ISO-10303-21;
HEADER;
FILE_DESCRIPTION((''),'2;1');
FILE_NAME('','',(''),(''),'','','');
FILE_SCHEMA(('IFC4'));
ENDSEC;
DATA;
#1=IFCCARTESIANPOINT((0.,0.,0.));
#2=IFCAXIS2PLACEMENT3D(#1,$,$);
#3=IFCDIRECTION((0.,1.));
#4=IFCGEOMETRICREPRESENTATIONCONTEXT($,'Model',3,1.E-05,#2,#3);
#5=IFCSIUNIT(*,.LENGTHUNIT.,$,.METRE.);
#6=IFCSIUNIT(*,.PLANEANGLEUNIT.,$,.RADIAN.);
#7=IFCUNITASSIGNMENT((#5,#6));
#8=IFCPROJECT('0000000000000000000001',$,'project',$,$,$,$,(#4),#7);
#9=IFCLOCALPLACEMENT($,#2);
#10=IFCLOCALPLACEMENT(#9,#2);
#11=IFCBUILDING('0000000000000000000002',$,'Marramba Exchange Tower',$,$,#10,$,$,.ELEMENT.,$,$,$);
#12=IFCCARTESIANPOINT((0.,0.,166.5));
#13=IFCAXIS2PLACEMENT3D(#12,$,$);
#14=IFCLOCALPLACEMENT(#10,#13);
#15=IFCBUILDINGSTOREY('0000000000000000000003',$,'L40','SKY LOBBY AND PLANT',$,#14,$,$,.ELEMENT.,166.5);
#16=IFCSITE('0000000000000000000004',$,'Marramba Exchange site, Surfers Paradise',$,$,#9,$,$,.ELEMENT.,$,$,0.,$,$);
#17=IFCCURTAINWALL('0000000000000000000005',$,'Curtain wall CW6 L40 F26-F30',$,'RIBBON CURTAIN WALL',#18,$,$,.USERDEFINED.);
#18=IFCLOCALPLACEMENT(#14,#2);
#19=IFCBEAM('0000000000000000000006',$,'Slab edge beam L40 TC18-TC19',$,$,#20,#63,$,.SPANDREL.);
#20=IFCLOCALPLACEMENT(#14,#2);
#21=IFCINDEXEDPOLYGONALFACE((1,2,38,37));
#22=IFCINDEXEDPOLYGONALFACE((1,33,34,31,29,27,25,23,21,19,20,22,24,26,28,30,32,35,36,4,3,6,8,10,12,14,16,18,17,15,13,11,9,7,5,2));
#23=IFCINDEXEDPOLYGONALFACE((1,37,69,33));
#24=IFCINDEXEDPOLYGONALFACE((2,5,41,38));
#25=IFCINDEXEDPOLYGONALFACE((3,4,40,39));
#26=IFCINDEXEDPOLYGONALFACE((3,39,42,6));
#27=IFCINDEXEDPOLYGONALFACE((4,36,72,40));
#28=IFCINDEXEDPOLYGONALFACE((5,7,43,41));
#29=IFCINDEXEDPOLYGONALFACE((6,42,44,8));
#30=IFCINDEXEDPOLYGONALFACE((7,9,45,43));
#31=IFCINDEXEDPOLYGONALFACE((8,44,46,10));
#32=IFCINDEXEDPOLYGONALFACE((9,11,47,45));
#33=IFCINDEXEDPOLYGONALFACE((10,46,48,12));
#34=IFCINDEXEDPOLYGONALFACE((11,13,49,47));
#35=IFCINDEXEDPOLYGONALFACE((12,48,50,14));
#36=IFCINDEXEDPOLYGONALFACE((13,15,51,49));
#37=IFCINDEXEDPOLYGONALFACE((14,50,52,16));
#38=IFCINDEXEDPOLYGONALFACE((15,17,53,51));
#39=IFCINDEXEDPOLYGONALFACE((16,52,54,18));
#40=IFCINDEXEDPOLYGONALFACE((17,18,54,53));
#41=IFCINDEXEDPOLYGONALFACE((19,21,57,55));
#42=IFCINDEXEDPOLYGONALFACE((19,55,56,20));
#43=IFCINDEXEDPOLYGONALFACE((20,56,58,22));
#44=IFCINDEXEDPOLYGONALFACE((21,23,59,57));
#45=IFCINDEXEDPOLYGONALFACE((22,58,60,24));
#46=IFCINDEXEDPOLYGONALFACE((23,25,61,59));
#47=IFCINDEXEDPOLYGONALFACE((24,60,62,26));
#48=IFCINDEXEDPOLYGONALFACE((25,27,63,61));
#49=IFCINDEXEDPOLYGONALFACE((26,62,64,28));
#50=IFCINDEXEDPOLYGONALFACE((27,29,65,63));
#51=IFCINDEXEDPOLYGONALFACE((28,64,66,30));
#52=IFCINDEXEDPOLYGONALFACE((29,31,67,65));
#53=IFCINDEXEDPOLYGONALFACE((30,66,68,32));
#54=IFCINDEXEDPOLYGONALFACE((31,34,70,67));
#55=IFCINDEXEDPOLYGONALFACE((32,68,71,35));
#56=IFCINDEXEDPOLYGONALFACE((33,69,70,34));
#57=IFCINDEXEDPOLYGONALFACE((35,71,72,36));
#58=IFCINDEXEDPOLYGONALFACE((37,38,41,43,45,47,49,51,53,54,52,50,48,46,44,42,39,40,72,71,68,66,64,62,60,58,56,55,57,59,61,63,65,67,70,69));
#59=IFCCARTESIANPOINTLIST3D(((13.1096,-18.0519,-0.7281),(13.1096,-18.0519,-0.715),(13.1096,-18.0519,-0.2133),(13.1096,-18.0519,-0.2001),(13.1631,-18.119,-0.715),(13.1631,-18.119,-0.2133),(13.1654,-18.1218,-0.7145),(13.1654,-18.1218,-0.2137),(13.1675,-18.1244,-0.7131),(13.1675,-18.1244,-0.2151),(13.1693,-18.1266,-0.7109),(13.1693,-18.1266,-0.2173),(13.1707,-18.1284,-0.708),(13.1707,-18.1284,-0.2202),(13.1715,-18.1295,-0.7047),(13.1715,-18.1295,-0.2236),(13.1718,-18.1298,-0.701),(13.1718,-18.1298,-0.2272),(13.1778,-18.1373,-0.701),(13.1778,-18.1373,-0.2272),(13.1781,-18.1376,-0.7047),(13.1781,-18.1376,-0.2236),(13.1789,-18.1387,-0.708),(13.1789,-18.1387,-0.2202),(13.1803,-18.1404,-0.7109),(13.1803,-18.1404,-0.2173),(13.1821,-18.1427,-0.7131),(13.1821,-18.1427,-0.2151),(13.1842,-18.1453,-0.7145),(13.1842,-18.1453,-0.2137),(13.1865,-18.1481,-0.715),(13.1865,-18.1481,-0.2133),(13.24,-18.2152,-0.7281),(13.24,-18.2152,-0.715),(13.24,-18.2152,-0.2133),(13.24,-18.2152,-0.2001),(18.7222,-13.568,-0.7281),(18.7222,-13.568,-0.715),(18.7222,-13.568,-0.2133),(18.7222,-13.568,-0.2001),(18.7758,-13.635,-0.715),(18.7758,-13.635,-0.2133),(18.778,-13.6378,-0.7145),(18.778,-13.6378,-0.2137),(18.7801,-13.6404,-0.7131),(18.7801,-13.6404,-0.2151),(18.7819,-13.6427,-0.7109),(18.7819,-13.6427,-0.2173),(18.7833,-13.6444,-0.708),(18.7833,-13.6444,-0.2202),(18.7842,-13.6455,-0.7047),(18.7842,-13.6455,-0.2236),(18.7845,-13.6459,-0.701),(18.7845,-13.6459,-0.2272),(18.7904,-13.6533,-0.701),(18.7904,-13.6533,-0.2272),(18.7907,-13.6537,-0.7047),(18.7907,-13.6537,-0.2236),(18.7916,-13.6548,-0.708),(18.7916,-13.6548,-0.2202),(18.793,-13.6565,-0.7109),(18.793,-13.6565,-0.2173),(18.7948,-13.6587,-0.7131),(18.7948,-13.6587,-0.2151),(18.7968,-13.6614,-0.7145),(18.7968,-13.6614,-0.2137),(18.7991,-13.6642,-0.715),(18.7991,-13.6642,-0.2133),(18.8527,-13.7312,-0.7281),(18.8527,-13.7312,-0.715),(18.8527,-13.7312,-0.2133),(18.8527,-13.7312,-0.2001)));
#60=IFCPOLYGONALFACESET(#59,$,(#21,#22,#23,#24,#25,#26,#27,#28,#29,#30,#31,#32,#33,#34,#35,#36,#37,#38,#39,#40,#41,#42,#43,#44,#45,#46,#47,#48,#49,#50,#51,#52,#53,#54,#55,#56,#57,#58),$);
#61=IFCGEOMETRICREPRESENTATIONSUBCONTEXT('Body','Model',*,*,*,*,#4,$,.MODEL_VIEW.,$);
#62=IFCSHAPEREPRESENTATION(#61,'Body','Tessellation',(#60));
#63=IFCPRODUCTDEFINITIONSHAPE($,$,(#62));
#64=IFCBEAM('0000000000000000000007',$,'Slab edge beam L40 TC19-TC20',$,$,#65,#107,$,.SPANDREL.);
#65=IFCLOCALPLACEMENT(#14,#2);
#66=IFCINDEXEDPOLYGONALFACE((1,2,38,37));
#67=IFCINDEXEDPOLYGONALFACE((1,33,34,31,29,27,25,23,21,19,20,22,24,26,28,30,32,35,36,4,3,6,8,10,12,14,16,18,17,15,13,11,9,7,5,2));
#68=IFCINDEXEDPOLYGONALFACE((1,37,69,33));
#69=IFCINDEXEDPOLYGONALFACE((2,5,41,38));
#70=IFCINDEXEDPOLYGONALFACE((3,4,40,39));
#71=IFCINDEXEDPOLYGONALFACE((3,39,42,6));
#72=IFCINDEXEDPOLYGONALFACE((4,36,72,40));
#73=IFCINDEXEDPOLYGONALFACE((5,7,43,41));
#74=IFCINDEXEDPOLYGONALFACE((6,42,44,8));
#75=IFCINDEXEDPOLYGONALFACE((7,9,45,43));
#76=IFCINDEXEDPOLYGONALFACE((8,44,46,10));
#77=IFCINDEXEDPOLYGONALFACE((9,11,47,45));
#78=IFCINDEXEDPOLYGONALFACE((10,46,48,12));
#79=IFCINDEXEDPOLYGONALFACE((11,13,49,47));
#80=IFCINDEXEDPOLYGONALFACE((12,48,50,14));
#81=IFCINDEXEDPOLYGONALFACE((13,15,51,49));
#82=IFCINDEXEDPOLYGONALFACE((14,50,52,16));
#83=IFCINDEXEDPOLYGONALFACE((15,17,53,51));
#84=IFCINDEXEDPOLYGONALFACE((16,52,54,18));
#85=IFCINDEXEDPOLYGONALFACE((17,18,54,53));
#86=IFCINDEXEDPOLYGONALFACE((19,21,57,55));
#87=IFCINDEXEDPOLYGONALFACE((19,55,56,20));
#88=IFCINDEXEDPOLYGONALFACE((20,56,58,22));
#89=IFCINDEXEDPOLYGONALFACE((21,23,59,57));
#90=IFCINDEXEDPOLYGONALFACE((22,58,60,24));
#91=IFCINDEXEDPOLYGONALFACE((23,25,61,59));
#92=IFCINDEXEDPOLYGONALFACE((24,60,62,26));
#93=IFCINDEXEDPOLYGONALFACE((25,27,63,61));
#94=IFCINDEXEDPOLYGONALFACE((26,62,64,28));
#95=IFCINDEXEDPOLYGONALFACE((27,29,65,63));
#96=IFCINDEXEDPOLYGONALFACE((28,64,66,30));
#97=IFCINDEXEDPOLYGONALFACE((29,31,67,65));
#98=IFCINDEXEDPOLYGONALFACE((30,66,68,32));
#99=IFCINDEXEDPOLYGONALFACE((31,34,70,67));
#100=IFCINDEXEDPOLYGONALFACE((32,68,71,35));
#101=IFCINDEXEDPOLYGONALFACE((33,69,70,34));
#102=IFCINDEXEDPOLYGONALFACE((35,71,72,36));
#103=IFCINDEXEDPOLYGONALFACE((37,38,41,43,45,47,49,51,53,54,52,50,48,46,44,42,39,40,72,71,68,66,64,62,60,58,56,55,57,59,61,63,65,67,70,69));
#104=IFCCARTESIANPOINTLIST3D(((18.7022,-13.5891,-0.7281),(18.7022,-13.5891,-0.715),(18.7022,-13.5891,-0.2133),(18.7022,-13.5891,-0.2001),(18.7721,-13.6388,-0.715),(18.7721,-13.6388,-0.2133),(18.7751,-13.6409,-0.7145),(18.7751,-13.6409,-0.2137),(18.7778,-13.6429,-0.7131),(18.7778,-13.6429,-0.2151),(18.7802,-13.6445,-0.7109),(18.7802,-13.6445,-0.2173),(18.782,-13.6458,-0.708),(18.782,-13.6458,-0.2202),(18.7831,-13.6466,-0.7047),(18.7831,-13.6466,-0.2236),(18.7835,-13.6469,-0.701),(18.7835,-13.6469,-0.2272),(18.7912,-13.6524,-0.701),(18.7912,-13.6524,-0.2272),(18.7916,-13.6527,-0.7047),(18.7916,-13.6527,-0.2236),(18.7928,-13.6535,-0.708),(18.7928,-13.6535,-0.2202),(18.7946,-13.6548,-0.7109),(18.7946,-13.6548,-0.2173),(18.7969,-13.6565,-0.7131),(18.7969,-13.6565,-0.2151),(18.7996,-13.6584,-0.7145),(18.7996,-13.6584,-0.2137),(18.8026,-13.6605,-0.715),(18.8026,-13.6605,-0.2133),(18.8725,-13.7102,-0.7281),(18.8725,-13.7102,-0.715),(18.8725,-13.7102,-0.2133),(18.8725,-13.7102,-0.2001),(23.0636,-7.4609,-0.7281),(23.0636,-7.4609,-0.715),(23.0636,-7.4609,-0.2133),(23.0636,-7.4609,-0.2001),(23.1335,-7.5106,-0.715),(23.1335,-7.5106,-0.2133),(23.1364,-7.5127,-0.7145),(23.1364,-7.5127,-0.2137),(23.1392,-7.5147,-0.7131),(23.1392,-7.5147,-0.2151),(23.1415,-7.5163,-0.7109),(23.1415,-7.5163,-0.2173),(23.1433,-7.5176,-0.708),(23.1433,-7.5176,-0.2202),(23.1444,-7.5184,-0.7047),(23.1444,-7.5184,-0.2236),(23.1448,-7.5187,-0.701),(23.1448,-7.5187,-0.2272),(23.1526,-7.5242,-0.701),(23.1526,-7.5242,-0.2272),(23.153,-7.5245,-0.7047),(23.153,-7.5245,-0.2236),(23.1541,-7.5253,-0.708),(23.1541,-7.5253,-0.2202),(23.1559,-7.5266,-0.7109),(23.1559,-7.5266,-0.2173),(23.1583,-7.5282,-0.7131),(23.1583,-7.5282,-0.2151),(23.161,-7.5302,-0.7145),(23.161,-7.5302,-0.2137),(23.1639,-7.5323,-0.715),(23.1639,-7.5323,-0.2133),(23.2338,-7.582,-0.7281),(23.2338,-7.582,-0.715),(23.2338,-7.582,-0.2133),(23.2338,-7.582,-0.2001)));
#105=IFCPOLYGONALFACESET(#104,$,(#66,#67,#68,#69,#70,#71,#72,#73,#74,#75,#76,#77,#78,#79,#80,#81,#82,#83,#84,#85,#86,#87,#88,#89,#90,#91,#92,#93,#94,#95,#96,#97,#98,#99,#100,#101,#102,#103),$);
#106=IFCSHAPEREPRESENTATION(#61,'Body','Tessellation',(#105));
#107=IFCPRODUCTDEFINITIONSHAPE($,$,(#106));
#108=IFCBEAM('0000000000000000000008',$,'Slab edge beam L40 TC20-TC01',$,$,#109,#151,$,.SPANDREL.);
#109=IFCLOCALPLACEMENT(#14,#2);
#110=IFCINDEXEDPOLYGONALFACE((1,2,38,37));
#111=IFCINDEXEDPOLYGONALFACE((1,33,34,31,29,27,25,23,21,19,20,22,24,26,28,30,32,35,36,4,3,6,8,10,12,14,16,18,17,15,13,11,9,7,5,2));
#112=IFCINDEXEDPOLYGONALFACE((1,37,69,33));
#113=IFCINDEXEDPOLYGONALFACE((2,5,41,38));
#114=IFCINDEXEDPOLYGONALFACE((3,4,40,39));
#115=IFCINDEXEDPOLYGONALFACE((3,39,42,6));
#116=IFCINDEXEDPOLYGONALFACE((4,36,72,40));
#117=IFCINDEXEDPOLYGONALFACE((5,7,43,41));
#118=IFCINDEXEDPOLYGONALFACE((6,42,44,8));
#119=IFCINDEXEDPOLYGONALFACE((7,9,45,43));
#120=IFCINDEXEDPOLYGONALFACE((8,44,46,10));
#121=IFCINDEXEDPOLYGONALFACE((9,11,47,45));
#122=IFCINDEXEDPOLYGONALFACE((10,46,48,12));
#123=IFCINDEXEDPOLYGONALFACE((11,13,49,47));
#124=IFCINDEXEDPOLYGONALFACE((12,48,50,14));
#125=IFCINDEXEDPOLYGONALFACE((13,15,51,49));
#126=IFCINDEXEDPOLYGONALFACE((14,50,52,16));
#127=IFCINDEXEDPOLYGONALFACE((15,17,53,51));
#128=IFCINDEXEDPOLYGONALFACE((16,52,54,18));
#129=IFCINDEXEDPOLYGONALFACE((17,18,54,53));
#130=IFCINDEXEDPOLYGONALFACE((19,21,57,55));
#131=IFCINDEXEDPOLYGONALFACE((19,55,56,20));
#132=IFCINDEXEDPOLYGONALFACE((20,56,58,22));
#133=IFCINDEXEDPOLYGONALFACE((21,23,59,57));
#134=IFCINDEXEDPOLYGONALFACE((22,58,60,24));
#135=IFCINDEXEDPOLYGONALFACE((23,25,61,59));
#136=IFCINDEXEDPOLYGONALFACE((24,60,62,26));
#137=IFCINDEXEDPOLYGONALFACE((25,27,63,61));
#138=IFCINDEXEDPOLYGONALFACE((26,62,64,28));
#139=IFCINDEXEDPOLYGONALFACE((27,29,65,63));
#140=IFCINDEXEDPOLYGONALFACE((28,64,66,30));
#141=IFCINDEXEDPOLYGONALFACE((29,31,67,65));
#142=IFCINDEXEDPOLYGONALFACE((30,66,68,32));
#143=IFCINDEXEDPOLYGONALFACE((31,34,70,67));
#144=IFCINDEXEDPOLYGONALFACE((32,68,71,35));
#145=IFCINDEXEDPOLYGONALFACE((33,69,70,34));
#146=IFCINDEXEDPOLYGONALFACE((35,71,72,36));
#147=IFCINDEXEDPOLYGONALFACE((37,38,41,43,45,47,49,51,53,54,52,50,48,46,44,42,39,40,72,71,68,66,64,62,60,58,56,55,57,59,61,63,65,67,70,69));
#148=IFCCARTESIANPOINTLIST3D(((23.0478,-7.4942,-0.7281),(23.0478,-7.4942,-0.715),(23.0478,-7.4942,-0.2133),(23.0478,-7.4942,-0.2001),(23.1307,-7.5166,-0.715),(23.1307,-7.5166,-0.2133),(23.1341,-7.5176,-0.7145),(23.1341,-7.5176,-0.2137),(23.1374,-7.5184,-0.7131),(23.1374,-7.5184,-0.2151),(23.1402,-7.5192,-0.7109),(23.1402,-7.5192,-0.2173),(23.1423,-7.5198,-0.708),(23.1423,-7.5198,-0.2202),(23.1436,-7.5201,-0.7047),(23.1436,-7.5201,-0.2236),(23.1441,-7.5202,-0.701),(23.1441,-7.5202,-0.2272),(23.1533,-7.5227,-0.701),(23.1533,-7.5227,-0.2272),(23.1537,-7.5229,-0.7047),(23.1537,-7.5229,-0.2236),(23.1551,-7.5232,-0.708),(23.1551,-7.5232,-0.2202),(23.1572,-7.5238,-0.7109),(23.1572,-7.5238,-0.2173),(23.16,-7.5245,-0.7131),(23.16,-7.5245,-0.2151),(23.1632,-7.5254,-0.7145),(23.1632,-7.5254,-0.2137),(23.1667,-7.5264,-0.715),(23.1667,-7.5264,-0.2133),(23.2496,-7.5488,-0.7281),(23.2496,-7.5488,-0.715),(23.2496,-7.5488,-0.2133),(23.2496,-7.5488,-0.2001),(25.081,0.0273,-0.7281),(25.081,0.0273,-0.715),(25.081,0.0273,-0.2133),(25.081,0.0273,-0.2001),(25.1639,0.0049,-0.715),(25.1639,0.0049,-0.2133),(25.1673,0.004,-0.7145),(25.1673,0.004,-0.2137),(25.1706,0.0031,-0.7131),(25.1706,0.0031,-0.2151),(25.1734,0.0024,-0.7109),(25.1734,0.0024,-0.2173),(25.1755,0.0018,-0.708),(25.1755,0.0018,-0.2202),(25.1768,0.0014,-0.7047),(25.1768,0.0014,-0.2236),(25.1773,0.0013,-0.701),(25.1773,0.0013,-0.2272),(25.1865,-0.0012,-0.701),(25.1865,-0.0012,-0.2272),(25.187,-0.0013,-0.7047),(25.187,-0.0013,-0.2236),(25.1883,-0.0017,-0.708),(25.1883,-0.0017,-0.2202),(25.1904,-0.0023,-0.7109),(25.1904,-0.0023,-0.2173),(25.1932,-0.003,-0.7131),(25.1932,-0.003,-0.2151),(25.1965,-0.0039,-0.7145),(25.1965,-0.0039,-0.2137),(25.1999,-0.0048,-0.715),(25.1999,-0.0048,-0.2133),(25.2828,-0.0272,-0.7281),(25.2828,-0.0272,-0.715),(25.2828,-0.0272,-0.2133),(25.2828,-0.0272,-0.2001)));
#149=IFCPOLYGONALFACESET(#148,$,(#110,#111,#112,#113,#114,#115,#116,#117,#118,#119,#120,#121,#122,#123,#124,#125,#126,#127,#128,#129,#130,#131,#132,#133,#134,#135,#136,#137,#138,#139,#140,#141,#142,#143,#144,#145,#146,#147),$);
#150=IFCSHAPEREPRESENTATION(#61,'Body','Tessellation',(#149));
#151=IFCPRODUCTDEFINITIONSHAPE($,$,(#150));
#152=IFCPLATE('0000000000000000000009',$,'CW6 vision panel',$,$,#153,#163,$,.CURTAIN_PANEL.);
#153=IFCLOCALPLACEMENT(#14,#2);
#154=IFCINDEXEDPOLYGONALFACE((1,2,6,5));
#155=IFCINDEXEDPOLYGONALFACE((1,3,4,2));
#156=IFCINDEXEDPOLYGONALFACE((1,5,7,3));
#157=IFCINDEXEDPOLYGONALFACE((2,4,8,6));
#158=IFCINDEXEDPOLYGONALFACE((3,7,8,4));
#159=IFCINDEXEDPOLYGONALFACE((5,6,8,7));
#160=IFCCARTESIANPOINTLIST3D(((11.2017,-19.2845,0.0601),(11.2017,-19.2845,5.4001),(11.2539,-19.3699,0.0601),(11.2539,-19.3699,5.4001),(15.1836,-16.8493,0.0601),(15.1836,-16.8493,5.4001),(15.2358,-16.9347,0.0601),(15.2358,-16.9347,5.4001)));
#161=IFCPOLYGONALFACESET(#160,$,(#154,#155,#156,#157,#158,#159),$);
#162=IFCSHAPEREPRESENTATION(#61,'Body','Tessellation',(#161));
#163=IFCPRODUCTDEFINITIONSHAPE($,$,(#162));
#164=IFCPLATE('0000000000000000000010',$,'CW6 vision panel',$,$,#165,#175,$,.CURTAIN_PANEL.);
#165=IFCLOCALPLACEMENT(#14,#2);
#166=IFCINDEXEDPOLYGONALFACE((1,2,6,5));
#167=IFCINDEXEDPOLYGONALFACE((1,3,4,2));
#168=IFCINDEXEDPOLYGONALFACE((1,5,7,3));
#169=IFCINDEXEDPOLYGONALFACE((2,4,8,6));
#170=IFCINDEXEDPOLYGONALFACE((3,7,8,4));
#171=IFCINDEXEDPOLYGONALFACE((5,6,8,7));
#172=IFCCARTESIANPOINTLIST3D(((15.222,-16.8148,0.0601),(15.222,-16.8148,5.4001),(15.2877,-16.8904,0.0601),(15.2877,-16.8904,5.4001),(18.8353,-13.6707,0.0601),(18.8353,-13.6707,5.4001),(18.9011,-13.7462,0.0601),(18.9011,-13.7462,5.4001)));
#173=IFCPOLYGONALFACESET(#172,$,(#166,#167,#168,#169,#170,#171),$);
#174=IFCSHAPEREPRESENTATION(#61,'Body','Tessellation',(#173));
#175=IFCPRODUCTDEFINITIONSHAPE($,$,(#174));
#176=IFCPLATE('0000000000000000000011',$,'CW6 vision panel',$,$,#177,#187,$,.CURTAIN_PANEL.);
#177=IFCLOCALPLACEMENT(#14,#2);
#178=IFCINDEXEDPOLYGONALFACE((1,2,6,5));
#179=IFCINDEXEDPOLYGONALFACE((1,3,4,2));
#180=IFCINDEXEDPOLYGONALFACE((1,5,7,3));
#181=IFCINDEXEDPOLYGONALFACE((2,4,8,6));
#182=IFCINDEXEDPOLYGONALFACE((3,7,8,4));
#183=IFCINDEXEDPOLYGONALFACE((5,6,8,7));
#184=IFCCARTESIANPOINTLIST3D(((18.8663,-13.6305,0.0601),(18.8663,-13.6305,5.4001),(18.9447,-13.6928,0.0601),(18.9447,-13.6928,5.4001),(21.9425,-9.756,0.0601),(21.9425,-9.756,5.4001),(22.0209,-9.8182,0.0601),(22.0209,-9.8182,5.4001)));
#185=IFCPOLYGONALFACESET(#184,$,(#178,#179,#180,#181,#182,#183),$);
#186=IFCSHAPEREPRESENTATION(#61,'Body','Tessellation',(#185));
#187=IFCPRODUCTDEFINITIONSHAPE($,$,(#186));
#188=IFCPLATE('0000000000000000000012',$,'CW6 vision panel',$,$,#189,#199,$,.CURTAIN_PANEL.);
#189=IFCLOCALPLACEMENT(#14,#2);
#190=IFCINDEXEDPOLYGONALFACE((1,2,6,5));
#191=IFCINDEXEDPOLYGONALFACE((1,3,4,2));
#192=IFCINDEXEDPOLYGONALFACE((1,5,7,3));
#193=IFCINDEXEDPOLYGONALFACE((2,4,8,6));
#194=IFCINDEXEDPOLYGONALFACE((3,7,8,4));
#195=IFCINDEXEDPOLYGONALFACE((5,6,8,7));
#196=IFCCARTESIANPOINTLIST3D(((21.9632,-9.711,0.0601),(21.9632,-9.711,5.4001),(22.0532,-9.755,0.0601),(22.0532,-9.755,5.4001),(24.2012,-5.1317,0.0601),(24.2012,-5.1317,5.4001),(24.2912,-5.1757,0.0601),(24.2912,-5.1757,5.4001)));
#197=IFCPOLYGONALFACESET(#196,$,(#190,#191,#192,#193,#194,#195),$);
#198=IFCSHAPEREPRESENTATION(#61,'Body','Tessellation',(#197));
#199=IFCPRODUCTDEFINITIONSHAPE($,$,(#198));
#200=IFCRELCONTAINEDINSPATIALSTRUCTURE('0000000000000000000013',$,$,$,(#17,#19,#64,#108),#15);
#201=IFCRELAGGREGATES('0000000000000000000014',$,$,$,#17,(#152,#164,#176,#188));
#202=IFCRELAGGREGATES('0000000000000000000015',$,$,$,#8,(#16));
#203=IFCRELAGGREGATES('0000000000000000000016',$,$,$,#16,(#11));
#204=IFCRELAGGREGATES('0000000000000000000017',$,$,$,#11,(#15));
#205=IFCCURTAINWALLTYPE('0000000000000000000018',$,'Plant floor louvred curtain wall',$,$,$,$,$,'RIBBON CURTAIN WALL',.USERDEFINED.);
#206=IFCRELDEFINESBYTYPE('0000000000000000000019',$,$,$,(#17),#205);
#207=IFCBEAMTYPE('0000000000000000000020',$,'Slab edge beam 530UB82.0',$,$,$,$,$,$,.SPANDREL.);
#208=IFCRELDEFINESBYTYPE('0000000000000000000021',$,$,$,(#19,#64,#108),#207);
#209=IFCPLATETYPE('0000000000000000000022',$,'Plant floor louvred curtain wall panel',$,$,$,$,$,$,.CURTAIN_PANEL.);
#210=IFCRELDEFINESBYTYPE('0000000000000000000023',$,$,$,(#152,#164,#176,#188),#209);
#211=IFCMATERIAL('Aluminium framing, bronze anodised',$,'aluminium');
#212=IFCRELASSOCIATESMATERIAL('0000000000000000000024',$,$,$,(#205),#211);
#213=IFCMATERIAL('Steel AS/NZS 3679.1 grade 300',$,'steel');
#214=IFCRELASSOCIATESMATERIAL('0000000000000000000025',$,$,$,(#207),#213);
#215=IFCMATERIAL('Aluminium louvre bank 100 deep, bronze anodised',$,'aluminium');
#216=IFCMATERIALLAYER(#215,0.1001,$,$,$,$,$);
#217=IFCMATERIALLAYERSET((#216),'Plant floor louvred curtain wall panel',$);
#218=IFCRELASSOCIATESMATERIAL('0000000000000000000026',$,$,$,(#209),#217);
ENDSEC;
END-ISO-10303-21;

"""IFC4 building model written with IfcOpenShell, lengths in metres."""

from ifc_helpers import new_model, si_unit, direction, frame, origin, origin_2d, place, context, subcontext, project, spatial, rectangle, i_section, extrude, material, layer, layer_set, material_profile, profile_set, type_object, element, aggregate, save


model = new_model("IFC4")

# Units and contexts
model_context = context("Model", 3, precision=1e-05, world=origin(), true_north=direction((0.0, 1.0)))
body_context = subcontext(model_context, "Body", "Model", "MODEL_VIEW")
ifc_project = project(units=[si_unit("LENGTHUNIT", "METRE"), si_unit("PLANEANGLEUNIT", "RADIAN")], contexts=[model_context])

# Site, building, storey
site_placement = place(None, origin())
site = spatial("IfcSite", under=ifc_project, at=site_placement, Name="Marramba Exchange site, Surfers Paradise", CompositionType="ELEMENT", RefElevation=0.0)
building_placement = place(site_placement, origin())
building = spatial("IfcBuilding", under=site, at=building_placement, Name="Marramba Exchange Tower", CompositionType="ELEMENT")
storey_placement = place(building_placement, frame((0.0, 0.0, 166.5)))
storey = spatial("IfcBuildingStorey", under=building, at=storey_placement, Name="L40", Description="SKY LOBBY AND PLANT", CompositionType="ELEMENT", Elevation=166.5)

# Shared definitions
ifc_material_1 = material(Name="Steel AS/NZS 3679.1 grade 300", Category="steel")

# Curtain wall
ifc_material_2 = material(Name="Aluminium framing, bronze anodised", Category="aluminium")
curtain_wall_type = type_object("IfcCurtainWallType", Name="Plant floor louvred curtain wall", ElementType="RIBBON CURTAIN WALL", PredefinedType="USERDEFINED", material=ifc_material_2)
curtain_wall_placement = place(storey_placement, origin())
curtain_wall = element("IfcCurtainWall", 1, at=curtain_wall_placement, inside=storey, type_object=curtain_wall_type, Name="Curtain wall CW6 L40 F26-F30", ObjectType="RIBBON CURTAIN WALL", PredefinedType="USERDEFINED")

# Beams
ifc_material_profile_1 = material_profile(ifc_material_1, i_section(OverallWidth=0.209, OverallDepth=0.5281, WebThickness=0.0095, FlangeThickness=0.0132, FilletRadius=0.0139, at=origin_2d()), Name="530UB82.0")
ifc_profile_set_1 = profile_set([ifc_material_profile_1], Name="Steel AS/NZS 3679.1 grade 300")
beam_type_1 = type_object("IfcBeamType", Name="Slab edge beam 530UB82.0", PredefinedType="SPANDREL", material=ifc_profile_set_1)
beam_1_placement = place(storey_placement, frame((13.1748, -18.1335, -0.4641), z_axis=(0.781286, 0.624173, 0.0), x_axis=(-0.624173, 0.781286, 0.0)))
element("IfcBeam", 2, at=beam_1_placement, inside=storey, type_object=beam_type_1, Name="Slab edge beam L40 TC18-TC19", PredefinedType="SPANDREL", context=body_context, shape_type="SweptSolid", body=[
    extrude(i_section(OverallWidth=0.209, OverallDepth=0.5281, WebThickness=0.0095, FlangeThickness=0.0132, FilletRadius=0.0139, at=origin_2d()), origin(), (0.0, 0.0, 1.0), 7.1838),
])
beam_2_placement = place(storey_placement, frame((18.7874, -13.6497, -0.4641), z_axis=(0.579834, 0.814735, 0.0), x_axis=(-0.814735, 0.579834, 0.0)))
element("IfcBeam", 3, at=beam_2_placement, inside=storey, type_object=beam_type_1, Name="Slab edge beam L40 TC19-TC20", PredefinedType="SPANDREL", context=body_context, shape_type="SweptSolid", body=[
    extrude(i_section(OverallWidth=0.209, OverallDepth=0.5281, WebThickness=0.0095, FlangeThickness=0.0132, FilletRadius=0.0139, at=origin_2d()), origin(), (0.0, 0.0, 1.0), 7.5217),
])
beam_3_placement = place(storey_placement, frame((23.1487, -7.5215, -0.4641), z_axis=(0.260953, 0.965351, 0.0), x_axis=(-0.965351, 0.260953, 0.0)))
element("IfcBeam", 4, at=beam_3_placement, inside=storey, type_object=beam_type_1, Name="Slab edge beam L40 TC20-TC01", PredefinedType="SPANDREL", context=body_context, shape_type="SweptSolid", body=[
    extrude(i_section(OverallWidth=0.209, OverallDepth=0.5281, WebThickness=0.0095, FlangeThickness=0.0132, FilletRadius=0.0139, at=origin_2d()), origin(), (0.0, 0.0, 1.0), 7.7915),
])

# Plates
ifc_material_3 = material(Name="Aluminium louvre bank 100 deep, bronze anodised", Category="aluminium")
ifc_layer_1 = layer(ifc_material_3, 0.1001)
ifc_layer_set_1 = layer_set([ifc_layer_1], Name="Plant floor louvred curtain wall panel")
plate_type = type_object("IfcPlateType", Name="Plant floor louvred curtain wall panel", PredefinedType="CURTAIN_PANEL", material=ifc_layer_set_1)
plate_1_placement = place(storey_placement, frame((13.2188, -18.1096, 0.0601), z_axis=(0.0, 0.0, 1.0), x_axis=(0.853109, 0.521733, 0.0)))
plate_1 = element("IfcPlate", 5, at=plate_1_placement, type_object=plate_type, Name="CW6 vision panel", PredefinedType="CURTAIN_PANEL", context=body_context, shape_type="SweptSolid", body=[
    extrude(rectangle(XDim=4.6675, YDim=0.1001, at=origin_2d()), origin(), (0.0, 0.0, 1.0), 5.3401),
])
plate_2_placement = place(storey_placement, frame((17.0615, -15.2805, 0.0601), z_axis=(0.0, 0.0, 1.0), x_axis=(0.754386, 0.656432, 0.0)))
plate_2 = element("IfcPlate", 6, at=plate_2_placement, type_object=plate_type, Name="CW6 vision panel", PredefinedType="CURTAIN_PANEL", context=body_context, shape_type="SweptSolid", body=[
    extrude(rectangle(XDim=4.7898, YDim=0.1001, at=origin_2d()), origin(), (0.0, 0.0, 1.0), 5.3401),
])
plate_3_placement = place(storey_placement, frame((20.4436, -11.7244, 0.0601), z_axis=(0.0, 0.0, 1.0), x_axis=(0.621807, 0.78317, 0.0)))
plate_3 = element("IfcPlate", 7, at=plate_3_placement, type_object=plate_type, Name="CW6 vision panel", PredefinedType="CURTAIN_PANEL", context=body_context, shape_type="SweptSolid", body=[
    extrude(rectangle(XDim=4.9473, YDim=0.1001, at=origin_2d()), origin(), (0.0, 0.0, 1.0), 5.3401),
])
plate_4_placement = place(storey_placement, frame((23.1272, -7.4434, 0.0601), z_axis=(0.0, 0.0, 1.0), x_axis=(0.439086, 0.898445, 0.0)))
plate_4 = element("IfcPlate", 8, at=plate_4_placement, type_object=plate_type, Name="CW6 vision panel", PredefinedType="CURTAIN_PANEL", context=body_context, shape_type="SweptSolid", body=[
    extrude(rectangle(XDim=5.0969, YDim=0.1001, at=origin_2d()), origin(), (0.0, 0.0, 1.0), 5.3401),
])
aggregate(curtain_wall, [plate_1, plate_2, plate_3, plate_4])

save(model, "model.ifc")
